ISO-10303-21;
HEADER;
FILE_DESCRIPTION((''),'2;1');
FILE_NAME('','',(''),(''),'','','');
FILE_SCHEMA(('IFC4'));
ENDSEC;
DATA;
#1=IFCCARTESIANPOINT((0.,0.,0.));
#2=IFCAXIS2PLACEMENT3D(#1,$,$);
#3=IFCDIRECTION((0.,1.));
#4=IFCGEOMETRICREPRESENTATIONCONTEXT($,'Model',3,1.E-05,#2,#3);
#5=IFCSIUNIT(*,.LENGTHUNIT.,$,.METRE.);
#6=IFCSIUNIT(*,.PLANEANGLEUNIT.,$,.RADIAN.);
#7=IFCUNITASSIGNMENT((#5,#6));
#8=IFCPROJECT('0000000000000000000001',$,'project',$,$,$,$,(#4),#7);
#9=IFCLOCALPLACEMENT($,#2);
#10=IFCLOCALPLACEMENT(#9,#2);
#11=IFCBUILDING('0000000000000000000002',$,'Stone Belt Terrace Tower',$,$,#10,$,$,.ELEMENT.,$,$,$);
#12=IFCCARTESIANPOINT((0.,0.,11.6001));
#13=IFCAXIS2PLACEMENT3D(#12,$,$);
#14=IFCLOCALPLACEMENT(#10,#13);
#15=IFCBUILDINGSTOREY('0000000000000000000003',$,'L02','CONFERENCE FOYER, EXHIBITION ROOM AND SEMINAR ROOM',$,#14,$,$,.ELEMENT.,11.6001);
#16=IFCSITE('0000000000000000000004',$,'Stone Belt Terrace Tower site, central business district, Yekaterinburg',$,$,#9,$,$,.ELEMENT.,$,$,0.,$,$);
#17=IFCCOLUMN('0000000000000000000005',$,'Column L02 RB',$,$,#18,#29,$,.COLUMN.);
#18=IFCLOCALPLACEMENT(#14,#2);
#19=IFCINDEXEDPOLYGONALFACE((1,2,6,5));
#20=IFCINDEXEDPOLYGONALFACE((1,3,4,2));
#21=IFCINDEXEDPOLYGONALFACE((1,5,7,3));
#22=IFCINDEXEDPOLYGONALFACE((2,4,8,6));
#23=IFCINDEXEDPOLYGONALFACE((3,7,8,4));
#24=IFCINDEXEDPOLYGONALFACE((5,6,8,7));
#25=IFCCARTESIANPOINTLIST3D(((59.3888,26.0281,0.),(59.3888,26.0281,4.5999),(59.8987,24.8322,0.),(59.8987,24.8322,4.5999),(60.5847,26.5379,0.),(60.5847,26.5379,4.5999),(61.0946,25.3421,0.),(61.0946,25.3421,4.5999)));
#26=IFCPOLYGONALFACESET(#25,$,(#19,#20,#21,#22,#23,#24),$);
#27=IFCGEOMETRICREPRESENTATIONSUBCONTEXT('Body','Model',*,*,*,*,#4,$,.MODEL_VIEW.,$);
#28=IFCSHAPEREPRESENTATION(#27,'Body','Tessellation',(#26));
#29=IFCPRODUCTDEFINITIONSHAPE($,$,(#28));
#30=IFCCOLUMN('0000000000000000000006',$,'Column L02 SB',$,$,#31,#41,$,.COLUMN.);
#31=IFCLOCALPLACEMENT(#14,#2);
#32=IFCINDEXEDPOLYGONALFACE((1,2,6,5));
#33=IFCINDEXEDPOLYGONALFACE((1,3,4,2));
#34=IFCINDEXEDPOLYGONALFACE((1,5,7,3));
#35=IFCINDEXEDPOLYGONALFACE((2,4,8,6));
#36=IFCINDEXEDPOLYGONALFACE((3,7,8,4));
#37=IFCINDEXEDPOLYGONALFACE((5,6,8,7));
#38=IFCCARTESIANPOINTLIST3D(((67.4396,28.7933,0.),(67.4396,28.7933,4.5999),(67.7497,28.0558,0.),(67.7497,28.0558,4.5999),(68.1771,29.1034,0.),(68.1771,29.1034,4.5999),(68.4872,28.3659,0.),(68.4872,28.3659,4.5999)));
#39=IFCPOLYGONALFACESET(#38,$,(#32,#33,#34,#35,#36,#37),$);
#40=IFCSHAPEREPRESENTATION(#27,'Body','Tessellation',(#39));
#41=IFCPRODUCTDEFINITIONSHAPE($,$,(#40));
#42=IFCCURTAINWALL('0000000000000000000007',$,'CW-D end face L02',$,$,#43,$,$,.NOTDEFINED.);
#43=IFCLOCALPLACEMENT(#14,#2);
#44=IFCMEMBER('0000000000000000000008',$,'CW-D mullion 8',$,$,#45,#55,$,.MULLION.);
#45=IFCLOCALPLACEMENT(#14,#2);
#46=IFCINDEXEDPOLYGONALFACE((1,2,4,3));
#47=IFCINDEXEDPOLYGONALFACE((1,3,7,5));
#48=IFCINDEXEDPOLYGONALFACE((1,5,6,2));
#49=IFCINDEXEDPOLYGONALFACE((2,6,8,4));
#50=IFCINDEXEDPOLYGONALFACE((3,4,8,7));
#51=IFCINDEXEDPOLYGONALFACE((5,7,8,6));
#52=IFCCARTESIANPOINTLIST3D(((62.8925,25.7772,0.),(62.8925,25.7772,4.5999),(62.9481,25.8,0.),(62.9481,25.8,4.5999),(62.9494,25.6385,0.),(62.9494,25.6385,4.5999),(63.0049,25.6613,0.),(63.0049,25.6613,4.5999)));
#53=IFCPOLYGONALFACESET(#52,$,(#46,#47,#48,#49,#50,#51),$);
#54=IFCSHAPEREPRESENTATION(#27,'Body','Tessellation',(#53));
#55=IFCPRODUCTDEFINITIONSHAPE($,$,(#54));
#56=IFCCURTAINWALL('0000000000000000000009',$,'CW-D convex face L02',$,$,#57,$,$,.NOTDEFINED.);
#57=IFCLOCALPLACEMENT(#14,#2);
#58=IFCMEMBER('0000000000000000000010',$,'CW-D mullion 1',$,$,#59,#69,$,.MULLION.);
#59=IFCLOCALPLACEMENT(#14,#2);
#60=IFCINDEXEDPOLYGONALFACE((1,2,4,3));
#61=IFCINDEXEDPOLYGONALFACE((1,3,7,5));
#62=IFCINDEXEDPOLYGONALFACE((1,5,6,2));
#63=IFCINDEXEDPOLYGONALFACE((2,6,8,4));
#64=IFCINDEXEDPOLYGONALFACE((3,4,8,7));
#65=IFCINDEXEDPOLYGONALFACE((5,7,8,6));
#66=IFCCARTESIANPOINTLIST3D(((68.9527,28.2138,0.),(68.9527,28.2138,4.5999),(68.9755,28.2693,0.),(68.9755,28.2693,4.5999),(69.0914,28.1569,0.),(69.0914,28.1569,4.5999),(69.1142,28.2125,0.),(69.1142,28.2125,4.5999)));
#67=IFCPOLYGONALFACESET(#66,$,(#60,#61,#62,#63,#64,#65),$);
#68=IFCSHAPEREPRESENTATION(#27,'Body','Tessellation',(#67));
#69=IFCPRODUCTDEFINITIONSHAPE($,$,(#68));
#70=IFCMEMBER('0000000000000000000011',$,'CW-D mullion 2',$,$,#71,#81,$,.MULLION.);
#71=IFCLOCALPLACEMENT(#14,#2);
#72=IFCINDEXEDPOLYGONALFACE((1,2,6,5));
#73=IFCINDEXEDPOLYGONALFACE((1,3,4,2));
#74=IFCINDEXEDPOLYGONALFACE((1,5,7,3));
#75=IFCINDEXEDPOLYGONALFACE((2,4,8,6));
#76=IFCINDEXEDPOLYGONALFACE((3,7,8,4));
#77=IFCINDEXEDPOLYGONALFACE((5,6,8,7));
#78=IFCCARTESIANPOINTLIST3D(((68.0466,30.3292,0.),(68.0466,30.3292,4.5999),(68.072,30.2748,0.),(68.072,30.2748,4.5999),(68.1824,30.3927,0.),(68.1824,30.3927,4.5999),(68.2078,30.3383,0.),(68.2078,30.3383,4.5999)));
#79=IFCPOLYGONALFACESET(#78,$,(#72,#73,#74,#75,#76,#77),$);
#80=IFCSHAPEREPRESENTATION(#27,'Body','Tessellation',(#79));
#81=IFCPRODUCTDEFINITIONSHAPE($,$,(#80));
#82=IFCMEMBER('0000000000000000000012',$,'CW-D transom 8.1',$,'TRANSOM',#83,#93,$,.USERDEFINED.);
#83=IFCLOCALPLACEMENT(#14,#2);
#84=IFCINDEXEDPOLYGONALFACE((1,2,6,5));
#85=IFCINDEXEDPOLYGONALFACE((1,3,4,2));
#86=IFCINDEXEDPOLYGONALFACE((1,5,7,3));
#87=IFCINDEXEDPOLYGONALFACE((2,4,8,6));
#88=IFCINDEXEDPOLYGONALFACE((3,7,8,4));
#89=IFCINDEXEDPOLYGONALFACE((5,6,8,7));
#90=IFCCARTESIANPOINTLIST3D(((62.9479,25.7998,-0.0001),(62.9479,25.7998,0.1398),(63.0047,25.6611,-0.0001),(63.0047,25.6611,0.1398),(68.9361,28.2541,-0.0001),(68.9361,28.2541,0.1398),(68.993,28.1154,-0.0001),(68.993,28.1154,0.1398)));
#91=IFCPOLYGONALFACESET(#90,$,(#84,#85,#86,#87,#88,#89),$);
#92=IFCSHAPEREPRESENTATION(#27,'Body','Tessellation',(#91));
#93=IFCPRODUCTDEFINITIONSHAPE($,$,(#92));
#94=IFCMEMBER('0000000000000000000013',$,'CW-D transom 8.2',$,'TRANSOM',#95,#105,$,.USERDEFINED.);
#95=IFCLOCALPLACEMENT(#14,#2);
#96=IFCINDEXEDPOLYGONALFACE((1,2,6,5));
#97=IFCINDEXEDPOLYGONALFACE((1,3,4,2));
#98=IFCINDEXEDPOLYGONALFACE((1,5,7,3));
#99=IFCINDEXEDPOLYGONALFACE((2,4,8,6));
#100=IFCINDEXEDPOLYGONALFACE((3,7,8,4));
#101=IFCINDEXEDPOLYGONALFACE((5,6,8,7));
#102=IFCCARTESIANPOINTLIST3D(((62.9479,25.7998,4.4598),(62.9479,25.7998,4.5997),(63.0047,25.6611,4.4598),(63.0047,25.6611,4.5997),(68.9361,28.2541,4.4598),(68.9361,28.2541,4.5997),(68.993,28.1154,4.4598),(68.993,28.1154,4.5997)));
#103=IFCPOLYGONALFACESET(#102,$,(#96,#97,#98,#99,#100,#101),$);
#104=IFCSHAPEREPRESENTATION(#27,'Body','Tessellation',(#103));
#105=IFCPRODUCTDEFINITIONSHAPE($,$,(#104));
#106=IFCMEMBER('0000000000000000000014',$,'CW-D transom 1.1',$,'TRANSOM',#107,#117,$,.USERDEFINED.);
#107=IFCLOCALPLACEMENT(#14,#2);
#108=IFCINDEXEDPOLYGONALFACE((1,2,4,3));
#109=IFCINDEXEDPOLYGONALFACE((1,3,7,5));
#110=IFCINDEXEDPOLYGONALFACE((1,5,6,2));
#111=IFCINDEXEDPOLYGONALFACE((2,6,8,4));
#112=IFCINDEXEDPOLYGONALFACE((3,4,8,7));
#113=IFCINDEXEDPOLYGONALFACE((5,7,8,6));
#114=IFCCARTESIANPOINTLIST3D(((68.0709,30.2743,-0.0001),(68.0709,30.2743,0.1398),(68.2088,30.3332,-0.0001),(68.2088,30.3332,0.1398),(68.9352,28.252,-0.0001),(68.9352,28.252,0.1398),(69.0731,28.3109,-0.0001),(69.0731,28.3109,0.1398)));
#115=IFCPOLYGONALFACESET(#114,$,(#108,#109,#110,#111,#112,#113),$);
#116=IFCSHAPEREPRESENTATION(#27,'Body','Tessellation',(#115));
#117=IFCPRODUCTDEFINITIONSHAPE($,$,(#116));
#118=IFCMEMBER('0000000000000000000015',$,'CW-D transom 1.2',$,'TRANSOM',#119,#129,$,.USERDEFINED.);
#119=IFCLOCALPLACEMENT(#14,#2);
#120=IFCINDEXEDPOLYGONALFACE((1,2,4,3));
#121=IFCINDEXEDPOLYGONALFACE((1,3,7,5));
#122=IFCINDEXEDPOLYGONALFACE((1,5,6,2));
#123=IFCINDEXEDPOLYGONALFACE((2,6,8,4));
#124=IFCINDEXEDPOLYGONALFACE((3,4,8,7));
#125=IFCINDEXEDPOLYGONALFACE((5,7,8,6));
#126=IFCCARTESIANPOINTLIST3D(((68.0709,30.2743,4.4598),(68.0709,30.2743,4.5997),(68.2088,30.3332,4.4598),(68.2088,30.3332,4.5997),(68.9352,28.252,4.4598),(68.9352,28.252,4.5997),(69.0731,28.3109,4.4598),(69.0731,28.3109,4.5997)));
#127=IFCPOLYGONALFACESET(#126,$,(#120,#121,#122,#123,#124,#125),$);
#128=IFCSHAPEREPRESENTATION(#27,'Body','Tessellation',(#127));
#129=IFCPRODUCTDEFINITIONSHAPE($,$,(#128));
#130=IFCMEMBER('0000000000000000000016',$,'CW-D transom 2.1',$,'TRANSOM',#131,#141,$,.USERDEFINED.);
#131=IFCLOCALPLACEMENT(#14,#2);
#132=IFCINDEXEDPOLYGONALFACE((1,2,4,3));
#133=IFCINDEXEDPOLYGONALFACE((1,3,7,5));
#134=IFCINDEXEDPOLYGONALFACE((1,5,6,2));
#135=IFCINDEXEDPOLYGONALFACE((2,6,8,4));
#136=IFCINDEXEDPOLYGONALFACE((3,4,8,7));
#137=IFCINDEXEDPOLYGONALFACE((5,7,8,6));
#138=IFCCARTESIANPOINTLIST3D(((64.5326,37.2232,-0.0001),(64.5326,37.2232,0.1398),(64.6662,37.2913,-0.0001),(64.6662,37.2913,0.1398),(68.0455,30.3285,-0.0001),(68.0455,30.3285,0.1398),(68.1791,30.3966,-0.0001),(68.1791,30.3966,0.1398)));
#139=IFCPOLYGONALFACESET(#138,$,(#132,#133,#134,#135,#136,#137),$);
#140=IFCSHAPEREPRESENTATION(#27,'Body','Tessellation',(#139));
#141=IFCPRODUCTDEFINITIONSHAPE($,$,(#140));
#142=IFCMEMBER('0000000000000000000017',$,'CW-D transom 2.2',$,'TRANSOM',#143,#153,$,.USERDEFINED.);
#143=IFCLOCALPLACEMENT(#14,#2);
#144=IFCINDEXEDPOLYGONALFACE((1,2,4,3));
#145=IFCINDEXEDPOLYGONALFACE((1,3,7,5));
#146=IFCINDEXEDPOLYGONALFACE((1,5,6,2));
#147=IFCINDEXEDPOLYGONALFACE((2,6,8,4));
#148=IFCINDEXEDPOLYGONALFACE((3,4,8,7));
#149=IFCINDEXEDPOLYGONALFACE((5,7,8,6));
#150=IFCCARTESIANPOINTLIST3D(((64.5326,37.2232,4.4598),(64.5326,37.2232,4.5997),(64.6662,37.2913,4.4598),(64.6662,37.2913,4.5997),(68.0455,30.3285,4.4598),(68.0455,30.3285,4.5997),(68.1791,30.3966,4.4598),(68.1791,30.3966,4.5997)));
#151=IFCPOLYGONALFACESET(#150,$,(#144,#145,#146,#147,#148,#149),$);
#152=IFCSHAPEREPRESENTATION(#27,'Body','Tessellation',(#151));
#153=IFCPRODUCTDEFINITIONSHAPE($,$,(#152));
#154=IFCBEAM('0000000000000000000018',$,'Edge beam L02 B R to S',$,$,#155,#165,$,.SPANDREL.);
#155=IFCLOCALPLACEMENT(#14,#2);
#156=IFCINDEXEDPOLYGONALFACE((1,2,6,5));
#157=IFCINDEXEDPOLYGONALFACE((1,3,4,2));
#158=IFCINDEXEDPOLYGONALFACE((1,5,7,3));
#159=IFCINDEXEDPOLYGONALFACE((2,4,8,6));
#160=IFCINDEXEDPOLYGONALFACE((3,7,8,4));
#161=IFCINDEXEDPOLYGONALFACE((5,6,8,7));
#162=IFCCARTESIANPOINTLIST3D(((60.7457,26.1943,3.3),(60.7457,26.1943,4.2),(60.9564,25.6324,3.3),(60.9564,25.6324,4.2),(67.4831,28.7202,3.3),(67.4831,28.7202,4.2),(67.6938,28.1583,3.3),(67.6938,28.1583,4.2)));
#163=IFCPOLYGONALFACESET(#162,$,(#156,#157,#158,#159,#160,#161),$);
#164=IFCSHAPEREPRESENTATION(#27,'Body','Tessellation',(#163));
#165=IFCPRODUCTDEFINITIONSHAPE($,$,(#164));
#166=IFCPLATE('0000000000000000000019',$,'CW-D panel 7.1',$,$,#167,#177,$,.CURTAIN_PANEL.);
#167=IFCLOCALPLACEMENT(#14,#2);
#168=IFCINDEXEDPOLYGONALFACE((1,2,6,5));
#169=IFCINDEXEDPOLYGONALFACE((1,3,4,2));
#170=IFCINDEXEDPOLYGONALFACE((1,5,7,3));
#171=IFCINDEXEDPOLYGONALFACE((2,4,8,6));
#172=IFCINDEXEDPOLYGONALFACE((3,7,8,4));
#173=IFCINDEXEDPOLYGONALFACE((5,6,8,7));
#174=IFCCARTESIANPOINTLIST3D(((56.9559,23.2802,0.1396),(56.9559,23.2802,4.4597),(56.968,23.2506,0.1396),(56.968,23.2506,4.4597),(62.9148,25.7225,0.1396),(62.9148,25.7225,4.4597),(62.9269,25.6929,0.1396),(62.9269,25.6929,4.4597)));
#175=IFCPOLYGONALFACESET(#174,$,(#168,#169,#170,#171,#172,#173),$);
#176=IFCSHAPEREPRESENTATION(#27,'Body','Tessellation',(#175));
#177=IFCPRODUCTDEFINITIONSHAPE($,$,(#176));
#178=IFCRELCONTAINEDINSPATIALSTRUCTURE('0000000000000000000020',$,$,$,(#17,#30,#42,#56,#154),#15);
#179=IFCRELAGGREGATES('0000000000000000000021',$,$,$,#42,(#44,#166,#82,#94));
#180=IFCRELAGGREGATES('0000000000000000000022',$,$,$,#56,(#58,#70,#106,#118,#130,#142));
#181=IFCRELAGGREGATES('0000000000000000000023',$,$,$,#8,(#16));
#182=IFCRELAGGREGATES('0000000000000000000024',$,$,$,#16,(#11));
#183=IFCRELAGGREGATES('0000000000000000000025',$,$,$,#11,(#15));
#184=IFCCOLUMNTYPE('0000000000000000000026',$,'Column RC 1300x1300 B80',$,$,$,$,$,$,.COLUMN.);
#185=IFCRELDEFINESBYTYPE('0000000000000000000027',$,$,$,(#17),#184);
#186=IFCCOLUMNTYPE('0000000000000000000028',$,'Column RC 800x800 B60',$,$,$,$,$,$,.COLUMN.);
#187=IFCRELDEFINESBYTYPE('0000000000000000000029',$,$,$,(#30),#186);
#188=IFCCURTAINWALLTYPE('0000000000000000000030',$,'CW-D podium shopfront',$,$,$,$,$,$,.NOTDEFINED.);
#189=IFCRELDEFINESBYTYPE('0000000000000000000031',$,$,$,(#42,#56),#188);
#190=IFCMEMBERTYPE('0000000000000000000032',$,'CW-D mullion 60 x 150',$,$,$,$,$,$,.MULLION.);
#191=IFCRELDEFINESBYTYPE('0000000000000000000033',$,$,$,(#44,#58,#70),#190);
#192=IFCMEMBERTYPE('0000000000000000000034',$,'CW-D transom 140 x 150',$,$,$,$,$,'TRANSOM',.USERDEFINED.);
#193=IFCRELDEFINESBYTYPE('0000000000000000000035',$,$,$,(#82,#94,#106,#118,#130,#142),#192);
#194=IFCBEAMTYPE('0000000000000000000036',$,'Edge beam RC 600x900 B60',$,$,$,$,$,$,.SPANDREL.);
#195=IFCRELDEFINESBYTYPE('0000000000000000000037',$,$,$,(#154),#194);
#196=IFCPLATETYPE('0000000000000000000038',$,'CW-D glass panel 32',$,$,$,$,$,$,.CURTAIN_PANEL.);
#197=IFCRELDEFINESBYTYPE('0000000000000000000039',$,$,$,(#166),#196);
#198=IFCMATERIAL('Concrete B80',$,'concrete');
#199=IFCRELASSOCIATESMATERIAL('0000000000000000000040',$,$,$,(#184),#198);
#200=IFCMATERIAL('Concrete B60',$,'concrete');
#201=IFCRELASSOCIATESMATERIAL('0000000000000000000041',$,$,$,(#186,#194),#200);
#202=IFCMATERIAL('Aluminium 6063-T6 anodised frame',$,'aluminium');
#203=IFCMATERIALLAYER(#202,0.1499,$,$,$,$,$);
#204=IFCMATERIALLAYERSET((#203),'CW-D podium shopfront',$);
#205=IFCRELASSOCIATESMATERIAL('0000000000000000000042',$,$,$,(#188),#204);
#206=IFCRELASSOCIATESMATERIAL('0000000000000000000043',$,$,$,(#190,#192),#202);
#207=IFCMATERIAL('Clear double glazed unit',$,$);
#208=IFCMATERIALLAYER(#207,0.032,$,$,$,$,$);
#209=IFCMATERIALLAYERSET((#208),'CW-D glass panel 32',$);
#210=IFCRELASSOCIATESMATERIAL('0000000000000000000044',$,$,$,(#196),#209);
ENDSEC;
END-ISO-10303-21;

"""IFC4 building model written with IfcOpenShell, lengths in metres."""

from ifc_helpers import new_model, si_unit, direction, frame, origin, origin_2d, place, context, subcontext, project, spatial, rectangle, extrude, material, layer, layer_set, material_profile, profile_set, type_object, element, aggregate, save


model = new_model("IFC4")

# Units and contexts
model_context = context("Model", 3, precision=1e-05, world=origin(), true_north=direction((0.0, 1.0)))
body_context = subcontext(model_context, "Body", "Model", "MODEL_VIEW")
ifc_project = project(units=[si_unit("LENGTHUNIT", "METRE"), si_unit("PLANEANGLEUNIT", "RADIAN")], contexts=[model_context])

# Site, building, storey
site_placement = place(None, origin())
site = spatial("IfcSite", under=ifc_project, at=site_placement, Name="Stone Belt Terrace Tower site, central business district, Yekaterinburg", CompositionType="ELEMENT", RefElevation=0.0)
building_placement = place(site_placement, origin())
building = spatial("IfcBuilding", under=site, at=building_placement, Name="Stone Belt Terrace Tower", CompositionType="ELEMENT")
storey_placement = place(building_placement, frame((0.0, 0.0, 11.6001)))
storey = spatial("IfcBuildingStorey", under=building, at=storey_placement, Name="L02", Description="CONFERENCE FOYER, EXHIBITION ROOM AND SEMINAR ROOM", CompositionType="ELEMENT", Elevation=11.6001)

# Columns
ifc_material_1 = material(Name="Concrete B80", Category="concrete")
ifc_material_profile_1 = material_profile(ifc_material_1, rectangle(XDim=1.3, YDim=1.3, at=origin_2d()), Name="RC 1300x1300")
ifc_profile_set_1 = profile_set([ifc_material_profile_1], Name="Concrete B80")
column_type_1 = type_object("IfcColumnType", Name="Column RC 1300x1300 B80", PredefinedType="COLUMN", material=ifc_profile_set_1)
column_1_placement = place(storey_placement, frame((60.2417, 25.6851, 0.0), z_axis=(0.0, 0.0, 1.0), x_axis=(0.392204, -0.919878, 0.0)))
element("IfcColumn", 1, at=column_1_placement, inside=storey, type_object=column_type_1, Name="Column L02 RB", PredefinedType="COLUMN", context=body_context, shape_type="SweptSolid", body=[
    extrude(rectangle(XDim=1.3, YDim=1.3, at=origin_2d()), origin(), (0.0, 0.0, 1.0), 4.5999),
])
ifc_material_2 = material(Name="Concrete B60", Category="concrete")
ifc_material_profile_2 = material_profile(ifc_material_2, rectangle(XDim=0.8, YDim=0.8, at=origin_2d()), Name="RC 800x800")
ifc_profile_set_2 = profile_set([ifc_material_profile_2], Name="Concrete B60")
column_type_2 = type_object("IfcColumnType", Name="Column RC 800x800 B60", PredefinedType="COLUMN", material=ifc_profile_set_2)
column_2_placement = place(storey_placement, frame((67.9634, 28.5796, 0.0), z_axis=(0.0, 0.0, 1.0), x_axis=(0.387636, -0.921812, 0.0)))
element("IfcColumn", 2, at=column_2_placement, inside=storey, type_object=column_type_2, Name="Column L02 SB", PredefinedType="COLUMN", context=body_context, shape_type="SweptSolid", body=[
    extrude(rectangle(XDim=0.8, YDim=0.8, at=origin_2d()), origin(), (0.0, 0.0, 1.0), 4.5999),
])

# Curtain wall, member
ifc_material_3 = material(Name="Aluminium 6063-T6 anodised frame", Category="aluminium")
ifc_layer_1 = layer(ifc_material_3, 0.1499)
ifc_layer_set_1 = layer_set([ifc_layer_1], Name="CW-D podium shopfront")
curtain_wall_type = type_object("IfcCurtainWallType", Name="CW-D podium shopfront", PredefinedType="NOTDEFINED", material=ifc_layer_set_1)
curtain_wall_1_placement = place(storey_placement, origin())
curtain_wall_1 = element("IfcCurtainWall", 3, at=curtain_wall_1_placement, inside=storey, type_object=curtain_wall_type, Name="CW-D end face L02", PredefinedType="NOTDEFINED")
ifc_material_profile_3 = material_profile(ifc_material_3, rectangle(XDim=0.1499, YDim=0.0601, at=origin_2d()), Name="Aluminium 6063-T6 60x150")
ifc_profile_set_3 = profile_set([ifc_material_profile_3], Name="Aluminium 6063-T6 anodised frame")
member_type_1 = type_object("IfcMemberType", Name="CW-D mullion 60 x 150", PredefinedType="MULLION", material=ifc_profile_set_3)
member_1_placement = place(storey_placement, frame((62.9487, 25.7192, 0.0), z_axis=(0.0, 0.0, 1.0), x_axis=(-0.379243, 0.925297, 0.0)))
member_1 = element("IfcMember", 4, at=member_1_placement, type_object=member_type_1, Name="CW-D mullion 8", PredefinedType="MULLION", context=body_context, shape_type="SweptSolid", body=[
    extrude(rectangle(XDim=0.1499, YDim=0.0601, at=origin_2d()), origin(), (0.0, 0.0, 1.0), 4.5999),
])

# Curtain wall, members
curtain_wall_2_placement = place(storey_placement, origin())
curtain_wall_2 = element("IfcCurtainWall", 5, at=curtain_wall_2_placement, inside=storey, type_object=curtain_wall_type, Name="CW-D convex face L02", PredefinedType="NOTDEFINED")
member_2_placement = place(storey_placement, frame((69.0334, 28.2131, 0.0), z_axis=(0.0, 0.0, 1.0), x_axis=(-0.92531, 0.379212, 0.0)))
member_2 = element("IfcMember", 6, at=member_2_placement, type_object=member_type_1, Name="CW-D mullion 1", PredefinedType="MULLION", context=body_context, shape_type="SweptSolid", body=[
    extrude(rectangle(XDim=0.1499, YDim=0.0601, at=origin_2d()), origin(), (0.0, 0.0, 1.0), 4.5999),
])
member_3_placement = place(storey_placement, frame((68.1272, 30.3337, 0.0), z_axis=(0.0, 0.0, 1.0), x_axis=(-0.905778, -0.423752, 0.0)))
member_3 = element("IfcMember", 7, at=member_3_placement, type_object=member_type_1, Name="CW-D mullion 2", PredefinedType="MULLION", context=body_context, shape_type="SweptSolid", body=[
    extrude(rectangle(XDim=0.1499, YDim=0.0601, at=origin_2d()), origin(), (0.0, 0.0, 1.0), 4.5999),
])

# Members
ifc_material_profile_4 = material_profile(ifc_material_3, rectangle(XDim=0.1499, YDim=0.1399, at=origin_2d()), Name="Aluminium 6063-T6 150x140")
ifc_profile_set_4 = profile_set([ifc_material_profile_4], Name="Aluminium 6063-T6 anodised frame")
member_type_2 = type_object("IfcMemberType", Name="CW-D transom 140 x 150", ElementType="TRANSOM", PredefinedType="USERDEFINED", material=ifc_profile_set_4)
member_4_placement = place(storey_placement, frame((62.9763, 25.7305, 0.0698), z_axis=(0.925298, 0.379241, 0.0), x_axis=(-0.379241, 0.925298, 0.0)))
member_4 = element("IfcMember", 8, at=member_4_placement, type_object=member_type_2, Name="CW-D transom 8.1", ObjectType="TRANSOM", PredefinedType="USERDEFINED", context=body_context, shape_type="SweptSolid", body=[
    extrude(rectangle(XDim=0.1499, YDim=0.1399, at=origin_2d()), origin(), (0.0, 0.0, 1.0), 6.4717),
])
member_5_placement = place(storey_placement, frame((62.9763, 25.7305, 4.5298), z_axis=(0.925298, 0.379241, 0.0), x_axis=(-0.379241, 0.925298, 0.0)))
member_5 = element("IfcMember", 9, at=member_5_placement, type_object=member_type_2, Name="CW-D transom 8.2", ObjectType="TRANSOM", PredefinedType="USERDEFINED", context=body_context, shape_type="SweptSolid", body=[
    extrude(rectangle(XDim=0.1499, YDim=0.1399, at=origin_2d()), origin(), (0.0, 0.0, 1.0), 6.4717),
])
member_6_placement = place(storey_placement, frame((69.0042, 28.2815, 0.0698), z_axis=(-0.392995, 0.919541, 0.0), x_axis=(-0.919541, -0.392995, 0.0)))
member_6 = element("IfcMember", 10, at=member_6_placement, type_object=member_type_2, Name="CW-D transom 1.1", ObjectType="TRANSOM", PredefinedType="USERDEFINED", context=body_context, shape_type="SweptSolid", body=[
    extrude(rectangle(XDim=0.1499, YDim=0.1399, at=origin_2d()), origin(), (0.0, 0.0, 1.0), 2.1992),
])
member_7_placement = place(storey_placement, frame((69.0042, 28.2815, 4.5298), z_axis=(-0.392995, 0.919541, 0.0), x_axis=(-0.919541, -0.392995, 0.0)))
member_7 = element("IfcMember", 11, at=member_7_placement, type_object=member_type_2, Name="CW-D transom 1.2", ObjectType="TRANSOM", PredefinedType="USERDEFINED", context=body_context, shape_type="SweptSolid", body=[
    extrude(rectangle(XDim=0.1499, YDim=0.1399, at=origin_2d()), origin(), (0.0, 0.0, 1.0), 2.1992),
])
member_8_placement = place(storey_placement, frame((68.1123, 30.3625, 0.0698), z_axis=(-0.453978, 0.891013, 0.0), x_axis=(-0.891013, -0.453978, 0.0)))
member_8 = element("IfcMember", 12, at=member_8_placement, type_object=member_type_2, Name="CW-D transom 2.1", ObjectType="TRANSOM", PredefinedType="USERDEFINED", context=body_context, shape_type="SweptSolid", body=[
    extrude(rectangle(XDim=0.1499, YDim=0.1399, at=origin_2d()), origin(), (0.0, 0.0, 1.0), 7.738),
])
member_9_placement = place(storey_placement, frame((68.1123, 30.3625, 4.5298), z_axis=(-0.453978, 0.891013, 0.0), x_axis=(-0.891013, -0.453978, 0.0)))
member_9 = element("IfcMember", 13, at=member_9_placement, type_object=member_type_2, Name="CW-D transom 2.2", ObjectType="TRANSOM", PredefinedType="USERDEFINED", context=body_context, shape_type="SweptSolid", body=[
    extrude(rectangle(XDim=0.1499, YDim=0.1399, at=origin_2d()), origin(), (0.0, 0.0, 1.0), 7.738),
])

# Beam
ifc_material_profile_5 = material_profile(ifc_material_2, rectangle(XDim=0.6001, YDim=0.8999, at=origin_2d()), Name="RC 600x900")
ifc_profile_set_5 = profile_set([ifc_material_profile_5], Name="Concrete B60")
beam_type = type_object("IfcBeamType", Name="Edge beam RC 600x900 B60", PredefinedType="SPANDREL", material=ifc_profile_set_5)
beam_placement = place(storey_placement, frame((60.8511, 25.9133, 3.75), z_axis=(0.936357, 0.351049, 0.0), x_axis=(-0.351049, 0.936357, 0.0)))
element("IfcBeam", 14, at=beam_placement, inside=storey, type_object=beam_type, Name="Edge beam L02 B R to S", PredefinedType="SPANDREL", context=body_context, shape_type="SweptSolid", body=[
    extrude(rectangle(XDim=0.6001, YDim=0.8999, at=origin_2d()), origin(), (0.0, 0.0, 1.0), 7.1953),
])

# Plate
ifc_material_4 = material(Name="Clear double glazed unit")
ifc_layer_2 = layer(ifc_material_4, 0.032)
ifc_layer_set_2 = layer_set([ifc_layer_2], Name="CW-D glass panel 32")
plate_type = type_object("IfcPlateType", Name="CW-D glass panel 32", PredefinedType="CURTAIN_PANEL", material=ifc_layer_set_2)
plate_1_placement = place(storey_placement, frame((59.9414, 24.4866, 0.1396), z_axis=(0.0, 0.0, 1.0), x_axis=(0.925297, 0.379243, 0.0)))
plate_1 = element("IfcPlate", 15, at=plate_1_placement, type_object=plate_type, Name="CW-D panel 7.1", PredefinedType="CURTAIN_PANEL", context=body_context, shape_type="SweptSolid", body=[
    extrude(rectangle(XDim=6.4399, YDim=0.032, at=origin_2d()), origin(), (0.0, 0.0, 1.0), 4.3201),
])
aggregate(curtain_wall_1, [member_1, plate_1, member_4, member_5])
aggregate(curtain_wall_2, [member_2, member_3, member_6, member_7, member_8, member_9])

save(model, "model.ifc")
